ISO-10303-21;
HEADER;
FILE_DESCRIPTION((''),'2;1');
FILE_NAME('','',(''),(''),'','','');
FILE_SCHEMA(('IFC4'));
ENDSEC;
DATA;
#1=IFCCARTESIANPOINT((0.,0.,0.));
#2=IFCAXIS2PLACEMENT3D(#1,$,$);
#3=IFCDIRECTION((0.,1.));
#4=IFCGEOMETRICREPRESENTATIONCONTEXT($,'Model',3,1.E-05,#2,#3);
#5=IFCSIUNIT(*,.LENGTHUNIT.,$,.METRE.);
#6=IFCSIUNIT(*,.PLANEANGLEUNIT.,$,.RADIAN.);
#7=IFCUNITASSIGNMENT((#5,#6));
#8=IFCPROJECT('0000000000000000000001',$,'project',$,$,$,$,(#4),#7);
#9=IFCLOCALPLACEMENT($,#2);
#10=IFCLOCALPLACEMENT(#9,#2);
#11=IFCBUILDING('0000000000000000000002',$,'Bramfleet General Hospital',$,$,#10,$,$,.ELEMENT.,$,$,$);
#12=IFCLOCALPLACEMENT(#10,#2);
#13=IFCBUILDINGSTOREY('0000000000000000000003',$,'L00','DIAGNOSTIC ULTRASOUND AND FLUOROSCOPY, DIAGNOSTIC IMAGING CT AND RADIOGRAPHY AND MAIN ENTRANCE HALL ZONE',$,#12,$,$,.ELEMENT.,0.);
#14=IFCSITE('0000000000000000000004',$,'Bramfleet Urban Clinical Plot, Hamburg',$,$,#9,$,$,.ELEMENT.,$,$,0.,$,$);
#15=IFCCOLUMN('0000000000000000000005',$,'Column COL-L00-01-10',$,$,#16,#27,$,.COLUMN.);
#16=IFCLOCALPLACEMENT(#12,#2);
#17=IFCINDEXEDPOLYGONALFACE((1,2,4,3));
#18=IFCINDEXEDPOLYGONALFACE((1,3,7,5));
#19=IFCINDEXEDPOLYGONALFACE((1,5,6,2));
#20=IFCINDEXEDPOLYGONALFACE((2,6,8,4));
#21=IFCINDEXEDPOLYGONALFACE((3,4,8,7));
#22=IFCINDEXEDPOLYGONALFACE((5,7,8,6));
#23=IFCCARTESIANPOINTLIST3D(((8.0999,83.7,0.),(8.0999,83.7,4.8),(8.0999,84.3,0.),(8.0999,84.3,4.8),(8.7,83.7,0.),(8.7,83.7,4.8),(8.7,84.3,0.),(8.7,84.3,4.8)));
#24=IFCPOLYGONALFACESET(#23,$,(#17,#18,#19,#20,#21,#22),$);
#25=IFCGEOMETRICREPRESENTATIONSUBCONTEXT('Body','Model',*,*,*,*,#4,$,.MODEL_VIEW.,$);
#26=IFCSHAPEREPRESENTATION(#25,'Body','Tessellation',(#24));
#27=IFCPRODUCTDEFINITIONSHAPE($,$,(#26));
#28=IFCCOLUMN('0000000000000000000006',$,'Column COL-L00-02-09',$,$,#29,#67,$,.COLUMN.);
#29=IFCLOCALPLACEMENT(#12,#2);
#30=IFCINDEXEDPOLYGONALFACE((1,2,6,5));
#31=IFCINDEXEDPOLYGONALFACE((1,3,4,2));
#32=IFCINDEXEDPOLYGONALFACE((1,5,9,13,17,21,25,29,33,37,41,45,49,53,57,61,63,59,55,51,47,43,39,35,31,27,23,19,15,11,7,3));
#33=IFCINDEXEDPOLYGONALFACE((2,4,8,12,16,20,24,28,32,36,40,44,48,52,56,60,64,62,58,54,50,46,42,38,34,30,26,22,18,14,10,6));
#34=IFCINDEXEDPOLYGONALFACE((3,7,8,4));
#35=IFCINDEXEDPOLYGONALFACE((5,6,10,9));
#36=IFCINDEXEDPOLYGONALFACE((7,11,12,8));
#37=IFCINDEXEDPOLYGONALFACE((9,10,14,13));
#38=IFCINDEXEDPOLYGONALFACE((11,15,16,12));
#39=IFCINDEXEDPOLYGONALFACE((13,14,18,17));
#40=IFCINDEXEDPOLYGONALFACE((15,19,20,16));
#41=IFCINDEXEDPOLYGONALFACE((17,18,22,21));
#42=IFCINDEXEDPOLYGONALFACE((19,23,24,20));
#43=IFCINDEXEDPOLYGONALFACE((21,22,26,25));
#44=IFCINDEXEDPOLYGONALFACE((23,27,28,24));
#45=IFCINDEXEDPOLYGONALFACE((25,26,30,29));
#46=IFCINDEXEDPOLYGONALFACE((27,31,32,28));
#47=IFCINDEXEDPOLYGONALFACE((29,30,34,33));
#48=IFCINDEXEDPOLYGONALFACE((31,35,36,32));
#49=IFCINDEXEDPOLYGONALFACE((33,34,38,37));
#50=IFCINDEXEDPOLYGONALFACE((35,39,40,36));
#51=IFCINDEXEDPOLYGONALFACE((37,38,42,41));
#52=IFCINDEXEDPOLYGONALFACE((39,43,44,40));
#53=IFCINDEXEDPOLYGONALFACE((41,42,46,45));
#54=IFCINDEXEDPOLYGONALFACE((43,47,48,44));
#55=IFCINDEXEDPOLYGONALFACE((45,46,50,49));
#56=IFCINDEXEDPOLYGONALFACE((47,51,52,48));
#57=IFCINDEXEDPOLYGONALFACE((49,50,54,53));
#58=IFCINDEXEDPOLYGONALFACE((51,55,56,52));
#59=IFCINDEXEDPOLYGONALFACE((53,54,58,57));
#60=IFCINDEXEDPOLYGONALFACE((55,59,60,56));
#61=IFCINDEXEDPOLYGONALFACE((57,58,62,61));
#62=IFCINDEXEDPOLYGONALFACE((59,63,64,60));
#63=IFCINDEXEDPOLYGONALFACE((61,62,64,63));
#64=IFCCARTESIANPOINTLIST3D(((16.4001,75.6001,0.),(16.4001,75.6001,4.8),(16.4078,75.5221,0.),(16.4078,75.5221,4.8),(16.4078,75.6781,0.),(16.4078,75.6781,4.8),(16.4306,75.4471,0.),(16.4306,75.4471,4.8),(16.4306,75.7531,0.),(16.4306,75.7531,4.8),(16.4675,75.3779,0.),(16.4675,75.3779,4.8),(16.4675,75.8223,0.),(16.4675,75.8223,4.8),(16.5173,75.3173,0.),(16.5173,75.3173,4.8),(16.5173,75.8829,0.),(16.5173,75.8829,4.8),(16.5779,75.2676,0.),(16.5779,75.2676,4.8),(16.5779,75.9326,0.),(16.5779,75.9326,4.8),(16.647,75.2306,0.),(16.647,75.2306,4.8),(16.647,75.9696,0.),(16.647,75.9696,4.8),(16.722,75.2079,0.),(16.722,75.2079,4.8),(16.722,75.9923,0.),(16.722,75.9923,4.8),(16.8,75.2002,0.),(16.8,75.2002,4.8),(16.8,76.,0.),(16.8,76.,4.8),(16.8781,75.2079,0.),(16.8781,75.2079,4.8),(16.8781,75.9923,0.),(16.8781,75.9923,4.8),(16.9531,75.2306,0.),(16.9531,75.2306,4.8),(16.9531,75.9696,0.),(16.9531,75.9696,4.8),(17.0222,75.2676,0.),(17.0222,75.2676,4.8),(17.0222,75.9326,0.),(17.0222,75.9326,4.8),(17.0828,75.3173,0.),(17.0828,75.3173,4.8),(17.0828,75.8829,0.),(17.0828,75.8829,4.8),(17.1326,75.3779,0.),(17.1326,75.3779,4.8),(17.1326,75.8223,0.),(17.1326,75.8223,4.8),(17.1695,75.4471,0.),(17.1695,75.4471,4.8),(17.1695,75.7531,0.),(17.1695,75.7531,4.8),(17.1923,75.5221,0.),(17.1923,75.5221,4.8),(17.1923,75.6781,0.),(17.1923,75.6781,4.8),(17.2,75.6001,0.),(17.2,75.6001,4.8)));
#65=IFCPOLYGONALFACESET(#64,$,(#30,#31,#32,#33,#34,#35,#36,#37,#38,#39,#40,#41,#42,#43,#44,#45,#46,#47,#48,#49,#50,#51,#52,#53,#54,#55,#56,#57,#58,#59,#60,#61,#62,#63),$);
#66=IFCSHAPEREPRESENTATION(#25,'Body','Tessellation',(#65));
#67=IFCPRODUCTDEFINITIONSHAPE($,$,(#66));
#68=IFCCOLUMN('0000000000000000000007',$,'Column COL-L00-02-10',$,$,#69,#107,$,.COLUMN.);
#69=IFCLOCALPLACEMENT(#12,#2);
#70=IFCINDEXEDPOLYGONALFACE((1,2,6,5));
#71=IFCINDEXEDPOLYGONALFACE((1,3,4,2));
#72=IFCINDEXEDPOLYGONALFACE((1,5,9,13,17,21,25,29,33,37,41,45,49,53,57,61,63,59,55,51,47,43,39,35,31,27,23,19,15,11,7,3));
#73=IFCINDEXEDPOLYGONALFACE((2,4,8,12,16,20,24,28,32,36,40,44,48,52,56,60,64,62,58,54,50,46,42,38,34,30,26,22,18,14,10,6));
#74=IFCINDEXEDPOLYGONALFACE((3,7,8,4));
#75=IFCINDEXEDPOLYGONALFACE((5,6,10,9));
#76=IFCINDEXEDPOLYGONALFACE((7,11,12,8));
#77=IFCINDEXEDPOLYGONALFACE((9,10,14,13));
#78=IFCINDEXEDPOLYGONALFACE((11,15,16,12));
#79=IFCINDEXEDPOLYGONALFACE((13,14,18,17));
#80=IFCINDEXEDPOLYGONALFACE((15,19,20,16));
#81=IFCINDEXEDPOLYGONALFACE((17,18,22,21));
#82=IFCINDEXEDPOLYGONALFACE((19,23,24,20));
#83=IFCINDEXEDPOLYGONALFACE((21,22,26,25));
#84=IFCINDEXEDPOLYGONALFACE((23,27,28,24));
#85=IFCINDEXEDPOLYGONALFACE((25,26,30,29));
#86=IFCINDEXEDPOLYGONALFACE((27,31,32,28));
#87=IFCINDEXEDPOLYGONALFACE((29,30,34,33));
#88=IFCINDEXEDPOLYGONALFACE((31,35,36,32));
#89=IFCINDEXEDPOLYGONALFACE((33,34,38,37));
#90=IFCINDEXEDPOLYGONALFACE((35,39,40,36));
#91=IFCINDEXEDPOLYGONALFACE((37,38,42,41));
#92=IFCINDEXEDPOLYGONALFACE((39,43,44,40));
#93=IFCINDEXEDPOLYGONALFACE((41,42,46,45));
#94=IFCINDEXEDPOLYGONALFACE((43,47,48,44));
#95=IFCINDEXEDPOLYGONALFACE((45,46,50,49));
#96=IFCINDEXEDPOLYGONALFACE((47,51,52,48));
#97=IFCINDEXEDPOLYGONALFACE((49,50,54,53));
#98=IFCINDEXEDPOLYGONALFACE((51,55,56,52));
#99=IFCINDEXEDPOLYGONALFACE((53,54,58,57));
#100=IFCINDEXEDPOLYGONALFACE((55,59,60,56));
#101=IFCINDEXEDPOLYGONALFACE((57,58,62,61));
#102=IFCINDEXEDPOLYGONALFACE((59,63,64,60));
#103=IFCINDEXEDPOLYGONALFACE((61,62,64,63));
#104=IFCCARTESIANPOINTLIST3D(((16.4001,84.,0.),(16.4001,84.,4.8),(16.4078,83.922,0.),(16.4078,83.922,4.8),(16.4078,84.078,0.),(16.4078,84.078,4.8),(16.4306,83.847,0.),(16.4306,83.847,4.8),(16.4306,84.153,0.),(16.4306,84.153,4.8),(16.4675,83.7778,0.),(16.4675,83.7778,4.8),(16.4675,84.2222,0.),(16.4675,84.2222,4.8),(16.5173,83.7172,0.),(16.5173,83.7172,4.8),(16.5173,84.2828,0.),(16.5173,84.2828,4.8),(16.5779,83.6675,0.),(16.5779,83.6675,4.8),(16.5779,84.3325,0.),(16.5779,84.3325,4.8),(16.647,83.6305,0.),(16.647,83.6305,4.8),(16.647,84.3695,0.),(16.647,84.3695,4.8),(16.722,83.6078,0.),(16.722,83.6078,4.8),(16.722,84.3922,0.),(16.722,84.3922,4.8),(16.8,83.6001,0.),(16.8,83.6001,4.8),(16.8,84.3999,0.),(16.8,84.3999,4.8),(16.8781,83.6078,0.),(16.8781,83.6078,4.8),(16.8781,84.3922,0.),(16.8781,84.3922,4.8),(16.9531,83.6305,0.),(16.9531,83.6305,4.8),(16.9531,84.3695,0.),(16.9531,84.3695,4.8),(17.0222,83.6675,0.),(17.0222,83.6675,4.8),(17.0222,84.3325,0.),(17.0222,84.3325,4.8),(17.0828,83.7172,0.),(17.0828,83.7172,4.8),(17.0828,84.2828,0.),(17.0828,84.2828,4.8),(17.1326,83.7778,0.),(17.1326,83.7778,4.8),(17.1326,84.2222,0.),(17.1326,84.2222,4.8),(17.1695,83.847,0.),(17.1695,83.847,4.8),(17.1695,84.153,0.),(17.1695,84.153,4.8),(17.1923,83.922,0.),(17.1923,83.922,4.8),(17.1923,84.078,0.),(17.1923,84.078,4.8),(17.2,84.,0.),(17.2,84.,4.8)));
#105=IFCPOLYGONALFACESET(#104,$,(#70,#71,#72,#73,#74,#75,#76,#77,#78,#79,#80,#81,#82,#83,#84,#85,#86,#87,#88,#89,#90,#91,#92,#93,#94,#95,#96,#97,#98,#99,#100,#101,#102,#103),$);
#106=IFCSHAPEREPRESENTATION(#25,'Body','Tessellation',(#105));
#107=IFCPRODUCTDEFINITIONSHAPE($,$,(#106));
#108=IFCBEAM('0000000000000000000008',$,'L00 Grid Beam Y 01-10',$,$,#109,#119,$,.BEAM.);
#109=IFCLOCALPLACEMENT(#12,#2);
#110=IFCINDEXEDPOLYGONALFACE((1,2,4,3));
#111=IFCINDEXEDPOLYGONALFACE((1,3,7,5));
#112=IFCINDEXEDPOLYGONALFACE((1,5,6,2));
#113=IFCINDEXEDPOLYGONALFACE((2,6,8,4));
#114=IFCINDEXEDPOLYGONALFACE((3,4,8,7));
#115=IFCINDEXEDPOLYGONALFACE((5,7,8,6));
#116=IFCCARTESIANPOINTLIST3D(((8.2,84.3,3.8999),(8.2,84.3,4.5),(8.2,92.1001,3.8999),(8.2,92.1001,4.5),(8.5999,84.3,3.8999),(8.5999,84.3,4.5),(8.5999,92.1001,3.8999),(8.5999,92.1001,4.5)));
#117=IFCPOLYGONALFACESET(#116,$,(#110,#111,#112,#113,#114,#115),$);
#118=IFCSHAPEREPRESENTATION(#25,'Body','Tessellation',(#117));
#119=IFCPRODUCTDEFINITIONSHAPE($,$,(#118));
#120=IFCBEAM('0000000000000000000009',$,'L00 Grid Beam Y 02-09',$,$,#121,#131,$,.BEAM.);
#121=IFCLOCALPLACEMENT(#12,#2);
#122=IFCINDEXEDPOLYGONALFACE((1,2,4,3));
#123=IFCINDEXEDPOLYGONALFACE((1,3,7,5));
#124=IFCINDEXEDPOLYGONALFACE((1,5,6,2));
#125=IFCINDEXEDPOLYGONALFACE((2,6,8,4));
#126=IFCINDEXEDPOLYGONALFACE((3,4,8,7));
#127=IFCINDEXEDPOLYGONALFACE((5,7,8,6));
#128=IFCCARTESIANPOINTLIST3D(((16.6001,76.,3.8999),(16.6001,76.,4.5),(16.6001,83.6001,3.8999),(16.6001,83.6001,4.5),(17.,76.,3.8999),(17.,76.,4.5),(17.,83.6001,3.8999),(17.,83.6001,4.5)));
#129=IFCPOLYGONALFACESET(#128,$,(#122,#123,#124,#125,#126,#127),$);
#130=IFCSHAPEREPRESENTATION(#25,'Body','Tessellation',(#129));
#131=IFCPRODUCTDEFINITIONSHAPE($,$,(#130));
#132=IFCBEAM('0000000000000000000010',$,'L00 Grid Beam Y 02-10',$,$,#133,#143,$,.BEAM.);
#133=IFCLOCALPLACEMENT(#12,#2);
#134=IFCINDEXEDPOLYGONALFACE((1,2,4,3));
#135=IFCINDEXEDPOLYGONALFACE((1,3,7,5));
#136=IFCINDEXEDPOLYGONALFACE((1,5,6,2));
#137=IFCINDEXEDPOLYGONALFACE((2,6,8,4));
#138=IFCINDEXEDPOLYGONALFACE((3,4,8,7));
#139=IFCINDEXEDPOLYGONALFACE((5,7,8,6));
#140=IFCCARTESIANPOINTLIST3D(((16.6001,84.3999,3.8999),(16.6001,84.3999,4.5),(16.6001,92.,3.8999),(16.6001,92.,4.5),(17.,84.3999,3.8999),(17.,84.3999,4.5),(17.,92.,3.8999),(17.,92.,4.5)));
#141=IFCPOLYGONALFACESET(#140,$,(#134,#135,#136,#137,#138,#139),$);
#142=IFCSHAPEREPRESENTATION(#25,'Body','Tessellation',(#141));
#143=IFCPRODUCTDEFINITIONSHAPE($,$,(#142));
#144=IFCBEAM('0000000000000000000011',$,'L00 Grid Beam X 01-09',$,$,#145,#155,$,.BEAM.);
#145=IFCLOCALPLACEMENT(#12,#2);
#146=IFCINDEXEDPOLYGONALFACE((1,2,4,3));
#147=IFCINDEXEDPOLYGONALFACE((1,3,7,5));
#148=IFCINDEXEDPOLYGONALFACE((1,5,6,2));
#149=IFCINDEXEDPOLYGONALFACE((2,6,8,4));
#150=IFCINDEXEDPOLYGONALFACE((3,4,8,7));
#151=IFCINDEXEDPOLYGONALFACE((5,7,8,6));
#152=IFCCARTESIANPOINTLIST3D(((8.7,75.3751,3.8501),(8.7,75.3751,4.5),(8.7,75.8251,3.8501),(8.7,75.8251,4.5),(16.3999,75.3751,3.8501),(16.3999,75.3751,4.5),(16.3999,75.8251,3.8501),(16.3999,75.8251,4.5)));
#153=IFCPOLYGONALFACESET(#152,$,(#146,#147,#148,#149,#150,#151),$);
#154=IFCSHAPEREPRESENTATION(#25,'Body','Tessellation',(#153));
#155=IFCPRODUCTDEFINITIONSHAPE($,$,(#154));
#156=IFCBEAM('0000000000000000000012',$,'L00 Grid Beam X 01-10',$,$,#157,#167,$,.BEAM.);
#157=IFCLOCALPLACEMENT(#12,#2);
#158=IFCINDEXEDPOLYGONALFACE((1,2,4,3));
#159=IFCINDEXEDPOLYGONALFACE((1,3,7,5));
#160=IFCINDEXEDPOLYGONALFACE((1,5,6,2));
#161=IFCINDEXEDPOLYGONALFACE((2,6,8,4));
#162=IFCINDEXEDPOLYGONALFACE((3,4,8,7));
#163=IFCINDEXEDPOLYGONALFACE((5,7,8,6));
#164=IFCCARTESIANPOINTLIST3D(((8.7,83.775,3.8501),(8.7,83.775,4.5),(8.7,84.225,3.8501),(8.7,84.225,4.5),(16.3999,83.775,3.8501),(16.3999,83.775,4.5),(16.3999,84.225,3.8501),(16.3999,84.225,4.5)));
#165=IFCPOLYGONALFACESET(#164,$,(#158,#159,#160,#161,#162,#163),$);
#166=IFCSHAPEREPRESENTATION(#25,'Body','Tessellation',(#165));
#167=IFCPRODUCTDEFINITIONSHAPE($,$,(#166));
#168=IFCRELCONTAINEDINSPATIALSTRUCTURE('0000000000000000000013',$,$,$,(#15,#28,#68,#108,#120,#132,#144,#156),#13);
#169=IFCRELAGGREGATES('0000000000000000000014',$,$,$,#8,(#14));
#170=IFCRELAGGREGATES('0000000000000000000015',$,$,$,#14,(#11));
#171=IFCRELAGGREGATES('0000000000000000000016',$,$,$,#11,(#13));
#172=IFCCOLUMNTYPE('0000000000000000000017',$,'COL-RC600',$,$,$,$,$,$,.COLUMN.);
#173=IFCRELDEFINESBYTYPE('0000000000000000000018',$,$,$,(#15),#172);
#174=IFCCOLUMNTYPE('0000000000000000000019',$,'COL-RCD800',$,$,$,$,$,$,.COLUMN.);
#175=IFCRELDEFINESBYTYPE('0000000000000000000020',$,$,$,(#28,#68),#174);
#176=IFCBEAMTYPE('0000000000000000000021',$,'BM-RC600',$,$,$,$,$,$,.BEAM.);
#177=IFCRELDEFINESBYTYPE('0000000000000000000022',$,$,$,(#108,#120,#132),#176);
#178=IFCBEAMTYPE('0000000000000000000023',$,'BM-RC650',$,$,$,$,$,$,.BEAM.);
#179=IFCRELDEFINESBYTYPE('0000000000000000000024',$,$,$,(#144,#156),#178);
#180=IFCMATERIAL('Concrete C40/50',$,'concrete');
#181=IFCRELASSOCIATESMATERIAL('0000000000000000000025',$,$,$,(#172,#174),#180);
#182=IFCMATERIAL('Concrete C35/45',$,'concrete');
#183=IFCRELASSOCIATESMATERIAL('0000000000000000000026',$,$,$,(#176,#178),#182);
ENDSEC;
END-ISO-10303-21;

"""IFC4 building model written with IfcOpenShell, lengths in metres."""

from ifc_helpers import new_model, si_unit, direction, frame, origin, origin_2d, place, context, subcontext, project, spatial, rectangle, circle, extrude, material, material_profile, profile_set, type_object, element, save


model = new_model("IFC4")

# Units and contexts
model_context = context("Model", 3, precision=1e-05, world=origin(), true_north=direction((0.0, 1.0)))
body_context = subcontext(model_context, "Body", "Model", "MODEL_VIEW")
ifc_project = project(units=[si_unit("LENGTHUNIT", "METRE"), si_unit("PLANEANGLEUNIT", "RADIAN")], contexts=[model_context])

# Site, building, storey
site_placement = place(None, origin())
site = spatial("IfcSite", under=ifc_project, at=site_placement, Name="Bramfleet Urban Clinical Plot, Hamburg", CompositionType="ELEMENT", RefElevation=0.0)
building_placement = place(site_placement, origin())
building = spatial("IfcBuilding", under=site, at=building_placement, Name="Bramfleet General Hospital", CompositionType="ELEMENT")
storey_placement = place(building_placement, origin())
storey = spatial("IfcBuildingStorey", under=building, at=storey_placement, Name="L00", Description="DIAGNOSTIC ULTRASOUND AND FLUOROSCOPY, DIAGNOSTIC IMAGING CT AND RADIOGRAPHY AND MAIN ENTRANCE HALL ZONE", CompositionType="ELEMENT", Elevation=0.0)

# Columns
ifc_material_1 = material(Name="Concrete C40/50", Category="concrete")
ifc_material_profile_1 = material_profile(ifc_material_1, rectangle(XDim=0.6001, YDim=0.6001, at=origin_2d()), Name="RC COL 600x600")
ifc_profile_set_1 = profile_set([ifc_material_profile_1], Name="Concrete C40/50")
column_type_1 = type_object("IfcColumnType", Name="COL-RC600", PredefinedType="COLUMN", material=ifc_profile_set_1)
column_placement = place(storey_placement, frame((8.3999, 84.0, 0.0), z_axis=(0.0, 0.0, 1.0), x_axis=(1.0, 0.0, 0.0)))
element("IfcColumn", 1, at=column_placement, inside=storey, type_object=column_type_1, Name="Column COL-L00-01-10", PredefinedType="COLUMN", context=body_context, shape_type="SweptSolid", body=[
    extrude(rectangle(XDim=0.6001, YDim=0.6001, at=origin_2d()), origin(), (0.0, 0.0, 1.0), 4.8),
])
ifc_material_profile_2 = material_profile(ifc_material_1, circle(Radius=0.3999, at=origin_2d()), Name="RC ROUND D800")
ifc_profile_set_2 = profile_set([ifc_material_profile_2], Name="Concrete C40/50")
column_type_2 = type_object("IfcColumnType", Name="COL-RCD800", PredefinedType="COLUMN", material=ifc_profile_set_2)
for number, where, z_axis, x_axis, name in (
    (2, (16.8, 75.6001, 0.0), (0.0, 0.0, 1.0), (1.0, 0.0, 0.0), "Column COL-L00-02-09"),
    (3, (16.8, 84.0, 0.0), (0.0, 0.0, 1.0), (1.0, 0.0, 0.0), "Column COL-L00-02-10"),
):
    element("IfcColumn", number, at=place(storey_placement, frame(where, z_axis=z_axis, x_axis=x_axis)), inside=storey, type_object=column_type_2, Name=name, PredefinedType="COLUMN", context=body_context, shape_type="SweptSolid", body=[
        extrude(circle(Radius=0.3999, at=origin_2d()), origin(), (0.0, 0.0, 1.0), 4.8),
    ])

# Beams
ifc_material_2 = material(Name="Concrete C35/45", Category="concrete")
ifc_material_profile_3 = material_profile(ifc_material_2, rectangle(XDim=0.3999, YDim=0.6001, at=origin_2d()), Name="RC BM 600x400")
ifc_profile_set_3 = profile_set([ifc_material_profile_3], Name="Concrete C35/45")
beam_type_1 = type_object("IfcBeamType", Name="BM-RC600", PredefinedType="BEAM", material=ifc_profile_set_3)
beam_placement = place(storey_placement, frame((8.3999, 84.3, 4.2), z_axis=(0.0, 1.0, 0.0), x_axis=(-1.0, 0.0, 0.0)))
element("IfcBeam", 4, at=beam_placement, inside=storey, type_object=beam_type_1, Name="L00 Grid Beam Y 01-10", PredefinedType="BEAM", context=body_context, shape_type="SweptSolid", body=[
    extrude(rectangle(XDim=0.3999, YDim=0.6001, at=origin_2d()), origin(), (0.0, 0.0, 1.0), 7.8),
])
for number, where, z_axis, x_axis, name in (
    (5, (16.8, 76.0, 4.2), (0.0, 1.0, 0.0), (-1.0, 0.0, 0.0), "L00 Grid Beam Y 02-09"),
    (6, (16.8, 84.3999, 4.2), (0.0, 1.0, 0.0), (-1.0, 0.0, 0.0), "L00 Grid Beam Y 02-10"),
):
    element("IfcBeam", number, at=place(storey_placement, frame(where, z_axis=z_axis, x_axis=x_axis)), inside=storey, type_object=beam_type_1, Name=name, PredefinedType="BEAM", context=body_context, shape_type="SweptSolid", body=[
        extrude(rectangle(XDim=0.3999, YDim=0.6001, at=origin_2d()), origin(), (0.0, 0.0, 1.0), 7.6001),
    ])
ifc_material_profile_4 = material_profile(ifc_material_2, rectangle(XDim=0.45, YDim=0.6499, at=origin_2d()), Name="RC BM 650x450")
ifc_profile_set_4 = profile_set([ifc_material_profile_4], Name="Concrete C35/45")
beam_type_2 = type_object("IfcBeamType", Name="BM-RC650", PredefinedType="BEAM", material=ifc_profile_set_4)
for number, where, z_axis, x_axis, name in (
    (7, (8.7, 75.6001, 4.175), (1.0, 0.0, 0.0), (0.0, 1.0, 0.0), "L00 Grid Beam X 01-09"),
    (8, (8.7, 84.0, 4.175), (1.0, 0.0, 0.0), (0.0, 1.0, 0.0), "L00 Grid Beam X 01-10"),
):
    element("IfcBeam", number, at=place(storey_placement, frame(where, z_axis=z_axis, x_axis=x_axis)), inside=storey, type_object=beam_type_2, Name=name, PredefinedType="BEAM", context=body_context, shape_type="SweptSolid", body=[
        extrude(rectangle(XDim=0.45, YDim=0.6499, at=origin_2d()), origin(), (0.0, 0.0, 1.0), 7.7),
    ])

save(model, "model.ifc")
